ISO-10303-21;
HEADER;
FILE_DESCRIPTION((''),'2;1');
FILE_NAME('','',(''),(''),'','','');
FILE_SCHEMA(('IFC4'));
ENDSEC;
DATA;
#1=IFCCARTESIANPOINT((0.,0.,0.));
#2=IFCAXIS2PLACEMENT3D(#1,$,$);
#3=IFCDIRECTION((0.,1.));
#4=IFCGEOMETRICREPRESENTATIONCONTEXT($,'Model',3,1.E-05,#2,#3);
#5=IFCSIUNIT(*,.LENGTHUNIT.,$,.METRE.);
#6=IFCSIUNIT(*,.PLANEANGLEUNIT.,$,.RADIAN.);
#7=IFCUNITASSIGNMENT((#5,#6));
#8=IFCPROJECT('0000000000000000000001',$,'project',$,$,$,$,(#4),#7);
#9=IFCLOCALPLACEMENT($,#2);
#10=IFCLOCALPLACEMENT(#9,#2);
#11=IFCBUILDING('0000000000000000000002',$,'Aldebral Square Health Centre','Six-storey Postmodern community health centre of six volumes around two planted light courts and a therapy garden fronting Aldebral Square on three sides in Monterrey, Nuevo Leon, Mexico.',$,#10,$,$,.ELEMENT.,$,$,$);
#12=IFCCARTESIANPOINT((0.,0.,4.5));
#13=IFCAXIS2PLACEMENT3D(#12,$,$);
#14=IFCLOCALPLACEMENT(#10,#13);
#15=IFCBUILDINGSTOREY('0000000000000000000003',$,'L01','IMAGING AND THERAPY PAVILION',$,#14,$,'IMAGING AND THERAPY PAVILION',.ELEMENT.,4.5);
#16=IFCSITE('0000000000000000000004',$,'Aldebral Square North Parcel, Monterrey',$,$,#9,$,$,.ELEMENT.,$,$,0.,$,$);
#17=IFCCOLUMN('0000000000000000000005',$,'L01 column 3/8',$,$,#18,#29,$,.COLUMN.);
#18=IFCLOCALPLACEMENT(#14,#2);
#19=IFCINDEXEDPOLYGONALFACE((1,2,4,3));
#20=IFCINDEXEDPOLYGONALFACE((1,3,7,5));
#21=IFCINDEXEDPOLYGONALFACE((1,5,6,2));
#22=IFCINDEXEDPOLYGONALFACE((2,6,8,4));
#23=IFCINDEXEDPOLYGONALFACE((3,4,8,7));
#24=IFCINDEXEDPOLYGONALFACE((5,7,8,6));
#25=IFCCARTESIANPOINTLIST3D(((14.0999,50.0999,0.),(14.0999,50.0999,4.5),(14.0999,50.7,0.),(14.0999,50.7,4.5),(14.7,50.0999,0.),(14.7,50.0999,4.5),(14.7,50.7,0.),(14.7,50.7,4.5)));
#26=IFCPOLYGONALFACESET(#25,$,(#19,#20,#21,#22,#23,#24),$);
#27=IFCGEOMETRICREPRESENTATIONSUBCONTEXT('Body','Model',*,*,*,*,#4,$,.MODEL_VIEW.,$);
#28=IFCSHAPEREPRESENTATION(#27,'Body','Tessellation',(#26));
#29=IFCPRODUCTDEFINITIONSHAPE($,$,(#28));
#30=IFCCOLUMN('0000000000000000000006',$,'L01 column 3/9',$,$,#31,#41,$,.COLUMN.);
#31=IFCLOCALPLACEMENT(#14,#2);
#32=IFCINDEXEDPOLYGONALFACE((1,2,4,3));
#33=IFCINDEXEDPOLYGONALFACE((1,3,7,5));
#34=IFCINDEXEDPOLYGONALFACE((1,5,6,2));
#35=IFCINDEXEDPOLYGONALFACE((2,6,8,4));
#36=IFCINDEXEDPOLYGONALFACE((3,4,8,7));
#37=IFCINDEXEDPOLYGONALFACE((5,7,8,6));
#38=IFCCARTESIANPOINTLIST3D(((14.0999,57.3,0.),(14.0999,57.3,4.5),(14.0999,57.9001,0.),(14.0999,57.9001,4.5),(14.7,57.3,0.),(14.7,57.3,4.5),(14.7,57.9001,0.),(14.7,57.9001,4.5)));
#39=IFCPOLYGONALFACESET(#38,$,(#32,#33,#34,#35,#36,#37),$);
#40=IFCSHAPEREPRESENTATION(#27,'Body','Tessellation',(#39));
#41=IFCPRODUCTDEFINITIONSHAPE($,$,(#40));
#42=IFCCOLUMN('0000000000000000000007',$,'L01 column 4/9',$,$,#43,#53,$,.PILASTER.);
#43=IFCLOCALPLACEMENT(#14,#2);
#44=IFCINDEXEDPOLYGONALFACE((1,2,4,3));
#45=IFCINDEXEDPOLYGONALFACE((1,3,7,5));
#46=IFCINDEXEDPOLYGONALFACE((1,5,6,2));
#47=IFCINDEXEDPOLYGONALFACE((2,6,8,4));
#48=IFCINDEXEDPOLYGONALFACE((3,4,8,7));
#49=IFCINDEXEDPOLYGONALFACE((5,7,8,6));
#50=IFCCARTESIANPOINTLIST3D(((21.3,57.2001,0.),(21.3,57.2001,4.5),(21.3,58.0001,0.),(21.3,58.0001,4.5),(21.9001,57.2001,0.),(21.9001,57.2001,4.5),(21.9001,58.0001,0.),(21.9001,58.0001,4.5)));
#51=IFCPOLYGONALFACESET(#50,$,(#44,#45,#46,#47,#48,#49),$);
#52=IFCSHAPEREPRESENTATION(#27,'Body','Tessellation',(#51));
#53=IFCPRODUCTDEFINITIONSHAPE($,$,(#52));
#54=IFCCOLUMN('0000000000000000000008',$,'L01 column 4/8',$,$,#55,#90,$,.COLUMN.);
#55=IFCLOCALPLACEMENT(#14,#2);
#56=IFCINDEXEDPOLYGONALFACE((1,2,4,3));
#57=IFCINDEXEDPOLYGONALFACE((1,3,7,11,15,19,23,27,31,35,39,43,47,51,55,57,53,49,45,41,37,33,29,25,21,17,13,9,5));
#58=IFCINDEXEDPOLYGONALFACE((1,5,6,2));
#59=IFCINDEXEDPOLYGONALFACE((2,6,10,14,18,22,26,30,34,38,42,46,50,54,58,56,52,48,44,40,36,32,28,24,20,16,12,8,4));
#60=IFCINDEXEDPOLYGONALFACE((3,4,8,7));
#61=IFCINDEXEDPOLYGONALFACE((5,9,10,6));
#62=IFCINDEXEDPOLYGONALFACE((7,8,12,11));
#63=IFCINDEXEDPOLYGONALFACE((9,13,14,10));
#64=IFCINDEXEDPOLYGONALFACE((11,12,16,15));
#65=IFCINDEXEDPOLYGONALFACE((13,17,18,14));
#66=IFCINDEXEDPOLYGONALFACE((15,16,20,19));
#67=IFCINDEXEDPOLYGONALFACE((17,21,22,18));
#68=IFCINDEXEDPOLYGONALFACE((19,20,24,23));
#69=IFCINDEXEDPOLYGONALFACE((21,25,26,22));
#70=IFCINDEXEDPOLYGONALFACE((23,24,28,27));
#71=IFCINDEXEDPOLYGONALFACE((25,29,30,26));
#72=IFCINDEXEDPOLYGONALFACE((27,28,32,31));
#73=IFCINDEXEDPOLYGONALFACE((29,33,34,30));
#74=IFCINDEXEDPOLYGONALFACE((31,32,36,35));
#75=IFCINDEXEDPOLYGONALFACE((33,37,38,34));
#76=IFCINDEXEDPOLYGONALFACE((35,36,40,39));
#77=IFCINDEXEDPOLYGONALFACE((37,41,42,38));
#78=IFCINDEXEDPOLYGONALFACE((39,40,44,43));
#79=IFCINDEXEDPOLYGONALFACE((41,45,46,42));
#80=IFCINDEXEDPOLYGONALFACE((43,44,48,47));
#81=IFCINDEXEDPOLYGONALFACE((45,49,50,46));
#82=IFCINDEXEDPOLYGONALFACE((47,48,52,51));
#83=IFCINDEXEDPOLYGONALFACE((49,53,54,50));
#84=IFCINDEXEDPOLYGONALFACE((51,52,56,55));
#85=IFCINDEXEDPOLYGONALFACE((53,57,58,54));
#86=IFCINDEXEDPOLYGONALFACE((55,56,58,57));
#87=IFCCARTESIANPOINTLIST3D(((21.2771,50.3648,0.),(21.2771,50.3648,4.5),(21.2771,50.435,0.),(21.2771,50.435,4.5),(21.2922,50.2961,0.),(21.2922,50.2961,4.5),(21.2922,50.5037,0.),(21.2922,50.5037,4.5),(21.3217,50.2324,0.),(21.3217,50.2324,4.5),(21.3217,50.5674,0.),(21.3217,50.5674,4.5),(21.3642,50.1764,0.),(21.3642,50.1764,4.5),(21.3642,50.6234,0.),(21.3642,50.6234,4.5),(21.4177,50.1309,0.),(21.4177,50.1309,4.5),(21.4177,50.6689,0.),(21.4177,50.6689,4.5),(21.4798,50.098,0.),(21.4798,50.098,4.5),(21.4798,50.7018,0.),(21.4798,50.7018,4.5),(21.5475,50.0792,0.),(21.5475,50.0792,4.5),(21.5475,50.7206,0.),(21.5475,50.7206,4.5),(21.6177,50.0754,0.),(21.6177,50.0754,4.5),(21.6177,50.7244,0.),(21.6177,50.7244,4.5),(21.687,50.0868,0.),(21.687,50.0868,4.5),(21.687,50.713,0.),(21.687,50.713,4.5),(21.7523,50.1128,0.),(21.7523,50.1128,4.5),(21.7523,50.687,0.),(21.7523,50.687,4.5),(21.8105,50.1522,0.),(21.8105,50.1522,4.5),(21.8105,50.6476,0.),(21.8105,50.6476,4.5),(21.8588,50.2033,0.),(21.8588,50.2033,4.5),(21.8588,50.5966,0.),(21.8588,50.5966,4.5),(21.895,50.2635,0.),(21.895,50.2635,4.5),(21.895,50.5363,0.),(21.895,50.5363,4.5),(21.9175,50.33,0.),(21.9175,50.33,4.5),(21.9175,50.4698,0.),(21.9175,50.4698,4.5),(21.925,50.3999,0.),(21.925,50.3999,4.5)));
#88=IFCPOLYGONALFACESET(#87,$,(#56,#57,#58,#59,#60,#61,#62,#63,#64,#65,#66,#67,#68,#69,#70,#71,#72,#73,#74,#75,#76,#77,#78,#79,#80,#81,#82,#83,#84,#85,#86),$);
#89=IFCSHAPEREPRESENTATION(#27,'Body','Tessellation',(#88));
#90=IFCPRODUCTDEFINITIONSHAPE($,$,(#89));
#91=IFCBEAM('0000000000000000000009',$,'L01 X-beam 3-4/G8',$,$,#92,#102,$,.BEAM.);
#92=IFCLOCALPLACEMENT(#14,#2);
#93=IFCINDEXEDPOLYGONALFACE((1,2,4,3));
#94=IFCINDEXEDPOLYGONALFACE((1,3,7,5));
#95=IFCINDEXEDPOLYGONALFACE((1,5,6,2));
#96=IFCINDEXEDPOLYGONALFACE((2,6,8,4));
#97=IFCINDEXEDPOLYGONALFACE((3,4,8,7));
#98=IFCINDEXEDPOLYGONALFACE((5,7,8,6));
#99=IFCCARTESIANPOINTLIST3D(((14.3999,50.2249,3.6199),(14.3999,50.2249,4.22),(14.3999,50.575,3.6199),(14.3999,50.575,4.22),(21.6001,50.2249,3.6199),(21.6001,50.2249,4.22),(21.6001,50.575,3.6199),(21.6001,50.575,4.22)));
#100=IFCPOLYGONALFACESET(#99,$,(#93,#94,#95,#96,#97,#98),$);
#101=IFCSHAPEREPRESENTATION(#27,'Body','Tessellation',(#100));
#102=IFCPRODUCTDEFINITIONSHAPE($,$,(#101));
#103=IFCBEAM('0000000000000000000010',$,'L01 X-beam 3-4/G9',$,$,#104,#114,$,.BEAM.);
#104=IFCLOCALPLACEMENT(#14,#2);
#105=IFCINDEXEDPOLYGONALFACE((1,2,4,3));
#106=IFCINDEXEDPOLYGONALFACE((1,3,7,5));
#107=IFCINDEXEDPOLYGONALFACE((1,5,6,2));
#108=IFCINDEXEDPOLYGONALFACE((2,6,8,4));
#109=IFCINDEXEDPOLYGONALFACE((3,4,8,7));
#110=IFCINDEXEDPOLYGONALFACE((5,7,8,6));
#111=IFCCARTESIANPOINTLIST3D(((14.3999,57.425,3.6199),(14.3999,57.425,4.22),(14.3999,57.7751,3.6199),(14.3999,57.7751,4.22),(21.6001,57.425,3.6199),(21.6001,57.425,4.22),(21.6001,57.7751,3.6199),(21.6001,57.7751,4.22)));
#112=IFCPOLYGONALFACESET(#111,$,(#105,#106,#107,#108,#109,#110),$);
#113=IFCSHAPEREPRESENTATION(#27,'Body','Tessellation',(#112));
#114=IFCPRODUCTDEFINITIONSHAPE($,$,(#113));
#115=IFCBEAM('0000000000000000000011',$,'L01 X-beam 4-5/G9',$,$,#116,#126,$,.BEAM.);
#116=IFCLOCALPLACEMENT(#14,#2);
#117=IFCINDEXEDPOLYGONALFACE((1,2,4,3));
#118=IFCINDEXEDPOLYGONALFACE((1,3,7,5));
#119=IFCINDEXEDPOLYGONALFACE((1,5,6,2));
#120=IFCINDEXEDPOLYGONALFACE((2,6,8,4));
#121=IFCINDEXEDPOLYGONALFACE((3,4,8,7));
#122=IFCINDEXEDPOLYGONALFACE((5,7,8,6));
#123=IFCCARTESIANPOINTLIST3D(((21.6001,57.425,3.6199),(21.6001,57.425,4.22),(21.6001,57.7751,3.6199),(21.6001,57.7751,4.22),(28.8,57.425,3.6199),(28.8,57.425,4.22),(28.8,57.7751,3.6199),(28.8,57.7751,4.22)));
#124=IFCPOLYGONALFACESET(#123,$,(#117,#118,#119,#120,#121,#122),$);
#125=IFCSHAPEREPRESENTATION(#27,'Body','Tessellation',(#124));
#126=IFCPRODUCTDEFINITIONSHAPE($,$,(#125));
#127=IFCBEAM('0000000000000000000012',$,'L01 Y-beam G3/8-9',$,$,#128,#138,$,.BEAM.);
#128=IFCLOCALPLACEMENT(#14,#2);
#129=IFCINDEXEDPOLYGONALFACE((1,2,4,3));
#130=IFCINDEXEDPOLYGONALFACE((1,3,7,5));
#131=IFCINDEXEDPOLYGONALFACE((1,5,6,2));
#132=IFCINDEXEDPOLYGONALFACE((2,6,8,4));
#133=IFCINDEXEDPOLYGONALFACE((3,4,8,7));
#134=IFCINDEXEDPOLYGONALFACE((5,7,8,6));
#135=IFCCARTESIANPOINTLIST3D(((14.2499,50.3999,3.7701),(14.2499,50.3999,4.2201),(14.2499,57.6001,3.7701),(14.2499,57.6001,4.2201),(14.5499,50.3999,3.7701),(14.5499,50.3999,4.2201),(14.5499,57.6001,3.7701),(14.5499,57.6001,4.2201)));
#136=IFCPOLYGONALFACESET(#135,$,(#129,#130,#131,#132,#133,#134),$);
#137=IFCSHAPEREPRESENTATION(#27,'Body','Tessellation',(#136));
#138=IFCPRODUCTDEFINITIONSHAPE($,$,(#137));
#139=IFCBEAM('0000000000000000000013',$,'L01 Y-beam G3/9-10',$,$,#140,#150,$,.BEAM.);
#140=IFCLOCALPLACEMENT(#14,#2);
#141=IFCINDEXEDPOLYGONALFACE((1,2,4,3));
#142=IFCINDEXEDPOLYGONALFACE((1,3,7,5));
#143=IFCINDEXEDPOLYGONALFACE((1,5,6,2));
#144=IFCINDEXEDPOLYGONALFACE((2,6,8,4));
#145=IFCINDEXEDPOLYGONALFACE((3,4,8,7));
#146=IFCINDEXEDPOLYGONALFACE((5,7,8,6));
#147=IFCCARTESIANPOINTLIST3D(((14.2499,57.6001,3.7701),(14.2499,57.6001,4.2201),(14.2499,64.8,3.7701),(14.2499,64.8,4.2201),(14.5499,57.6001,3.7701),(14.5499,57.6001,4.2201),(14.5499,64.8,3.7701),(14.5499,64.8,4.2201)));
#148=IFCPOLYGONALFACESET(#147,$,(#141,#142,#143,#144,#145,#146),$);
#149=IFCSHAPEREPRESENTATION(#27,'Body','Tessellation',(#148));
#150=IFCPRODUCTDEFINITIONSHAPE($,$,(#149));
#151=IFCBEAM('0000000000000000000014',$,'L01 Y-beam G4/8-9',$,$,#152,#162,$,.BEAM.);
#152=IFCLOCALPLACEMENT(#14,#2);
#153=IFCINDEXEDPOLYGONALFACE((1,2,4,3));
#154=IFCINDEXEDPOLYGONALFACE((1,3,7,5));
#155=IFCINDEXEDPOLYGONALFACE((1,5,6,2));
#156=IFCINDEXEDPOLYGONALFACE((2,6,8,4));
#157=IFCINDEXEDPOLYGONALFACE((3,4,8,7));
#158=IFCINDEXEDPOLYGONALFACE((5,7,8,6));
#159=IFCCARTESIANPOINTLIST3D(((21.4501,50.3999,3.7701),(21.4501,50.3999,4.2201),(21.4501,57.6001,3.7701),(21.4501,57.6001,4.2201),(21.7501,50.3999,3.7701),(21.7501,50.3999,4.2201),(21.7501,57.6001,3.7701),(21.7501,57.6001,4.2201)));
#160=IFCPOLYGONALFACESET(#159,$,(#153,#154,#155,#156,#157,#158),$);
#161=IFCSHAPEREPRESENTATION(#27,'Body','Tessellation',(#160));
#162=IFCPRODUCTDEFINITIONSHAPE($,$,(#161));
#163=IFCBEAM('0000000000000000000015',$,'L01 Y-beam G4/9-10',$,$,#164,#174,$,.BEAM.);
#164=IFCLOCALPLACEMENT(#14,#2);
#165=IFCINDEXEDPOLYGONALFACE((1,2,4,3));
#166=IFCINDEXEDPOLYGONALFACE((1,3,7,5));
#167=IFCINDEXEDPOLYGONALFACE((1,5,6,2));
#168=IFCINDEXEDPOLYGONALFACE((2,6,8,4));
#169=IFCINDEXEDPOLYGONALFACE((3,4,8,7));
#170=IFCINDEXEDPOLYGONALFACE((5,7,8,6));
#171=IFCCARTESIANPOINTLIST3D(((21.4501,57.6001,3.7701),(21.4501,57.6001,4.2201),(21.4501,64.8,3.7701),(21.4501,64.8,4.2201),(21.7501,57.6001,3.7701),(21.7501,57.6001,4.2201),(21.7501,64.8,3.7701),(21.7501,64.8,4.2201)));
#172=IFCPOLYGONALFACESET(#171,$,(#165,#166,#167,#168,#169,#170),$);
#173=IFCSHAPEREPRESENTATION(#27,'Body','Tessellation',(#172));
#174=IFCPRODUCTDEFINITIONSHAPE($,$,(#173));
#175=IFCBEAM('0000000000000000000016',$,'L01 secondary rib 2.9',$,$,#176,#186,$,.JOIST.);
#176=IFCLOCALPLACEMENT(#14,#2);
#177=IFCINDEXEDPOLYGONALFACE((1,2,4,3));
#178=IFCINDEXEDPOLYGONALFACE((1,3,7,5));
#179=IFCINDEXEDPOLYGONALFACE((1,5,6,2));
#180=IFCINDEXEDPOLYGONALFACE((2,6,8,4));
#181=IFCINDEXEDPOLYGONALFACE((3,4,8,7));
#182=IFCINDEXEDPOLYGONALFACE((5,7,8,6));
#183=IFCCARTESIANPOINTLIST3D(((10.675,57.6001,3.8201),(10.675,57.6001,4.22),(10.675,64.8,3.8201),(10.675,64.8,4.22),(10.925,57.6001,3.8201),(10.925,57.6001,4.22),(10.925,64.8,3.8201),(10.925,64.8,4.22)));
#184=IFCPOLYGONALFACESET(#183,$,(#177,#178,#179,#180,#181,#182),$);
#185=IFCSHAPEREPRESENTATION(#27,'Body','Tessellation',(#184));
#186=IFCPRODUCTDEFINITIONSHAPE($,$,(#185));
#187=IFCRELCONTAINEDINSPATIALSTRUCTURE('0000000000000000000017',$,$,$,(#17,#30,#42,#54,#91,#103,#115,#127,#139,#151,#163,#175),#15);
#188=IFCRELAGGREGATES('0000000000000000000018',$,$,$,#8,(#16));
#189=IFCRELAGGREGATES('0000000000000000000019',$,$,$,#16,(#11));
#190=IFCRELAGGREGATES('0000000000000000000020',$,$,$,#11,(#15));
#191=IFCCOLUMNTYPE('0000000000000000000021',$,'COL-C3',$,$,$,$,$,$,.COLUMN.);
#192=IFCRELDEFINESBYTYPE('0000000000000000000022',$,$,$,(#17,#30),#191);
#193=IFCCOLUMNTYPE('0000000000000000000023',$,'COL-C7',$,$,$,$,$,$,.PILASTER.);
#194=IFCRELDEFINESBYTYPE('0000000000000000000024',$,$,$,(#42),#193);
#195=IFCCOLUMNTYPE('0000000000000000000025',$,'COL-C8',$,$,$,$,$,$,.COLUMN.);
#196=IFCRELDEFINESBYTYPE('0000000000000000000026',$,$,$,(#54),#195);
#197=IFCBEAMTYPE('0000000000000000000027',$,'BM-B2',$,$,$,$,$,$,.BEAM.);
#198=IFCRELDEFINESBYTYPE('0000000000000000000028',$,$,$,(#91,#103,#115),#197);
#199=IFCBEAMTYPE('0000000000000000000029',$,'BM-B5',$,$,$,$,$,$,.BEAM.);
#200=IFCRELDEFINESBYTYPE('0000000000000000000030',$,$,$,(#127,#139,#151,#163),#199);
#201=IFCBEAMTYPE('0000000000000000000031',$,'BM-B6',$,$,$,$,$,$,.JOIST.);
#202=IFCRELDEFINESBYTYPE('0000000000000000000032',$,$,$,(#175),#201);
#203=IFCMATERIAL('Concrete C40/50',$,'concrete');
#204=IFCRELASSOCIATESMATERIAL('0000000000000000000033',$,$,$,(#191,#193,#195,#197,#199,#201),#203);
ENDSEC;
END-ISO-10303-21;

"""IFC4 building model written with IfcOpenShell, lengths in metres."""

from ifc_helpers import new_model, si_unit, direction, frame, origin, origin_2d, place, context, subcontext, project, spatial, rectangle, circle, extrude, material, material_profile, profile_set, type_object, element, save


model = new_model("IFC4")

# Units and contexts
model_context = context("Model", 3, precision=1e-05, world=origin(), true_north=direction((0.0, 1.0)))
body_context = subcontext(model_context, "Body", "Model", "MODEL_VIEW")
ifc_project = project(units=[si_unit("LENGTHUNIT", "METRE"), si_unit("PLANEANGLEUNIT", "RADIAN")], contexts=[model_context])

# Site, building, storey
site_placement = place(None, origin())
site = spatial("IfcSite", under=ifc_project, at=site_placement, Name="Aldebral Square North Parcel, Monterrey", CompositionType="ELEMENT", RefElevation=0.0)
building_placement = place(site_placement, origin())
building = spatial("IfcBuilding", under=site, at=building_placement, Name="Aldebral Square Health Centre", Description="Six-storey Postmodern community health centre of six volumes around two planted light courts and a therapy garden fronting Aldebral Square on three sides in Monterrey, Nuevo Leon, Mexico.", CompositionType="ELEMENT")
storey_placement = place(building_placement, frame((0.0, 0.0, 4.5)))
storey = spatial("IfcBuildingStorey", under=building, at=storey_placement, Name="L01", Description="IMAGING AND THERAPY PAVILION", LongName="IMAGING AND THERAPY PAVILION", CompositionType="ELEMENT", Elevation=4.5)

# Columns
ifc_material_1 = material(Name="Concrete C40/50", Category="concrete")
ifc_material_profile_1 = material_profile(ifc_material_1, rectangle(XDim=0.6001, YDim=0.6001, at=origin_2d()), Name="RC 600x600")
ifc_profile_set_1 = profile_set([ifc_material_profile_1], Name="Concrete C40/50")
column_type_1 = type_object("IfcColumnType", Name="COL-C3", PredefinedType="COLUMN", material=ifc_profile_set_1)
for number, where, z_axis, x_axis, name in (
    (1, (14.3999, 50.3999, 0.0), (0.0, 0.0, 1.0), (1.0, 0.0, 0.0), "L01 column 3/8"),
    (2, (14.3999, 57.6001, 0.0), (0.0, 0.0, 1.0), (1.0, 0.0, 0.0), "L01 column 3/9"),
):
    element("IfcColumn", number, at=place(storey_placement, frame(where, z_axis=z_axis, x_axis=x_axis)), inside=storey, type_object=column_type_1, Name=name, PredefinedType="COLUMN", context=body_context, shape_type="SweptSolid", body=[
        extrude(rectangle(XDim=0.6001, YDim=0.6001, at=origin_2d()), origin(), (0.0, 0.0, 1.0), 4.5),
    ])
ifc_material_profile_2 = material_profile(ifc_material_1, rectangle(XDim=0.6001, YDim=0.8, at=origin_2d()), Name="RC 600x800")
ifc_profile_set_2 = profile_set([ifc_material_profile_2], Name="Concrete C40/50")
column_type_2 = type_object("IfcColumnType", Name="COL-C7", PredefinedType="PILASTER", material=ifc_profile_set_2)
column_1_placement = place(storey_placement, frame((21.6001, 57.6001, 0.0), z_axis=(0.0, 0.0, 1.0), x_axis=(1.0, 0.0, 0.0)))
element("IfcColumn", 3, at=column_1_placement, inside=storey, type_object=column_type_2, Name="L01 column 4/9", PredefinedType="PILASTER", context=body_context, shape_type="SweptSolid", body=[
    extrude(rectangle(XDim=0.6001, YDim=0.8, at=origin_2d()), origin(), (0.0, 0.0, 1.0), 4.5),
])
ifc_material_profile_3 = material_profile(ifc_material_1, circle(Radius=0.325, at=origin_2d()), Name="RC D650")
ifc_profile_set_3 = profile_set([ifc_material_profile_3], Name="Concrete C40/50")
column_type_3 = type_object("IfcColumnType", Name="COL-C8", PredefinedType="COLUMN", material=ifc_profile_set_3)
column_2_placement = place(storey_placement, frame((21.6001, 50.3999, 0.0), z_axis=(0.0, 0.0, 1.0), x_axis=(1.0, 0.0, 0.0)))
element("IfcColumn", 4, at=column_2_placement, inside=storey, type_object=column_type_3, Name="L01 column 4/8", PredefinedType="COLUMN", context=body_context, shape_type="SweptSolid", body=[
    extrude(circle(Radius=0.325, at=origin_2d()), origin(), (0.0, 0.0, 1.0), 4.5),
])

# Beams
ifc_material_profile_4 = material_profile(ifc_material_1, rectangle(XDim=0.3501, YDim=0.6001, at=origin_2d()), Name="RC 350x600")
ifc_profile_set_4 = profile_set([ifc_material_profile_4], Name="Concrete C40/50")
beam_type_1 = type_object("IfcBeamType", Name="BM-B2", PredefinedType="BEAM", material=ifc_profile_set_4)
for number, where, z_axis, x_axis, name in (
    (5, (14.3999, 50.3999, 3.9199), (1.0, 0.0, 0.0), (0.0, 1.0, 0.0), "L01 X-beam 3-4/G8"),
    (6, (14.3999, 57.6001, 3.9199), (1.0, 0.0, 0.0), (0.0, 1.0, 0.0), "L01 X-beam 3-4/G9"),
):
    element("IfcBeam", number, at=place(storey_placement, frame(where, z_axis=z_axis, x_axis=x_axis)), inside=storey, type_object=beam_type_1, Name=name, PredefinedType="BEAM", context=body_context, shape_type="SweptSolid", body=[
        extrude(rectangle(XDim=0.3501, YDim=0.6001, at=origin_2d()), origin(), (0.0, 0.0, 1.0), 7.2002),
    ])
beam_1_placement = place(storey_placement, frame((21.6001, 57.6001, 3.9199), z_axis=(1.0, 0.0, 0.0), x_axis=(0.0, 1.0, 0.0)))
element("IfcBeam", 7, at=beam_1_placement, inside=storey, type_object=beam_type_1, Name="L01 X-beam 4-5/G9", PredefinedType="BEAM", context=body_context, shape_type="SweptSolid", body=[
    extrude(rectangle(XDim=0.3501, YDim=0.6001, at=origin_2d()), origin(), (0.0, 0.0, 1.0), 7.2),
])
ifc_material_profile_5 = material_profile(ifc_material_1, rectangle(XDim=0.3, YDim=0.45, at=origin_2d()), Name="RC 300x450")
ifc_profile_set_5 = profile_set([ifc_material_profile_5], Name="Concrete C40/50")
beam_type_2 = type_object("IfcBeamType", Name="BM-B5", PredefinedType="BEAM", material=ifc_profile_set_5)
beam_2_placement = place(storey_placement, frame((14.3999, 50.3999, 3.9951), z_axis=(0.0, 1.0, 0.0), x_axis=(-1.0, 0.0, 0.0)))
element("IfcBeam", 8, at=beam_2_placement, inside=storey, type_object=beam_type_2, Name="L01 Y-beam G3/8-9", PredefinedType="BEAM", context=body_context, shape_type="SweptSolid", body=[
    extrude(rectangle(XDim=0.3, YDim=0.45, at=origin_2d()), origin(), (0.0, 0.0, 1.0), 7.2002),
])
beam_3_placement = place(storey_placement, frame((14.3999, 57.6001, 3.9951), z_axis=(0.0, 1.0, 0.0), x_axis=(-1.0, 0.0, 0.0)))
element("IfcBeam", 9, at=beam_3_placement, inside=storey, type_object=beam_type_2, Name="L01 Y-beam G3/9-10", PredefinedType="BEAM", context=body_context, shape_type="SweptSolid", body=[
    extrude(rectangle(XDim=0.3, YDim=0.45, at=origin_2d()), origin(), (0.0, 0.0, 1.0), 7.2),
])
beam_4_placement = place(storey_placement, frame((21.6001, 50.3999, 3.9951), z_axis=(0.0, 1.0, 0.0), x_axis=(-1.0, 0.0, 0.0)))
element("IfcBeam", 10, at=beam_4_placement, inside=storey, type_object=beam_type_2, Name="L01 Y-beam G4/8-9", PredefinedType="BEAM", context=body_context, shape_type="SweptSolid", body=[
    extrude(rectangle(XDim=0.3, YDim=0.45, at=origin_2d()), origin(), (0.0, 0.0, 1.0), 7.2002),
])
beam_5_placement = place(storey_placement, frame((21.6001, 57.6001, 3.9951), z_axis=(0.0, 1.0, 0.0), x_axis=(-1.0, 0.0, 0.0)))
element("IfcBeam", 11, at=beam_5_placement, inside=storey, type_object=beam_type_2, Name="L01 Y-beam G4/9-10", PredefinedType="BEAM", context=body_context, shape_type="SweptSolid", body=[
    extrude(rectangle(XDim=0.3, YDim=0.45, at=origin_2d()), origin(), (0.0, 0.0, 1.0), 7.2),
])
ifc_material_profile_6 = material_profile(ifc_material_1, rectangle(XDim=0.25, YDim=0.3999, at=origin_2d()), Name="RC 250x400")
ifc_profile_set_6 = profile_set([ifc_material_profile_6], Name="Concrete C40/50")
beam_type_3 = type_object("IfcBeamType", Name="BM-B6", PredefinedType="JOIST", material=ifc_profile_set_6)
beam_6_placement = place(storey_placement, frame((10.8, 57.6001, 4.02), z_axis=(0.0, 1.0, 0.0), x_axis=(-1.0, 0.0, 0.0)))
element("IfcBeam", 12, at=beam_6_placement, inside=storey, type_object=beam_type_3, Name="L01 secondary rib 2.9", PredefinedType="JOIST", context=body_context, shape_type="SweptSolid", body=[
    extrude(rectangle(XDim=0.25, YDim=0.3999, at=origin_2d()), origin(), (0.0, 0.0, 1.0), 7.2),
])

save(model, "model.ifc")
